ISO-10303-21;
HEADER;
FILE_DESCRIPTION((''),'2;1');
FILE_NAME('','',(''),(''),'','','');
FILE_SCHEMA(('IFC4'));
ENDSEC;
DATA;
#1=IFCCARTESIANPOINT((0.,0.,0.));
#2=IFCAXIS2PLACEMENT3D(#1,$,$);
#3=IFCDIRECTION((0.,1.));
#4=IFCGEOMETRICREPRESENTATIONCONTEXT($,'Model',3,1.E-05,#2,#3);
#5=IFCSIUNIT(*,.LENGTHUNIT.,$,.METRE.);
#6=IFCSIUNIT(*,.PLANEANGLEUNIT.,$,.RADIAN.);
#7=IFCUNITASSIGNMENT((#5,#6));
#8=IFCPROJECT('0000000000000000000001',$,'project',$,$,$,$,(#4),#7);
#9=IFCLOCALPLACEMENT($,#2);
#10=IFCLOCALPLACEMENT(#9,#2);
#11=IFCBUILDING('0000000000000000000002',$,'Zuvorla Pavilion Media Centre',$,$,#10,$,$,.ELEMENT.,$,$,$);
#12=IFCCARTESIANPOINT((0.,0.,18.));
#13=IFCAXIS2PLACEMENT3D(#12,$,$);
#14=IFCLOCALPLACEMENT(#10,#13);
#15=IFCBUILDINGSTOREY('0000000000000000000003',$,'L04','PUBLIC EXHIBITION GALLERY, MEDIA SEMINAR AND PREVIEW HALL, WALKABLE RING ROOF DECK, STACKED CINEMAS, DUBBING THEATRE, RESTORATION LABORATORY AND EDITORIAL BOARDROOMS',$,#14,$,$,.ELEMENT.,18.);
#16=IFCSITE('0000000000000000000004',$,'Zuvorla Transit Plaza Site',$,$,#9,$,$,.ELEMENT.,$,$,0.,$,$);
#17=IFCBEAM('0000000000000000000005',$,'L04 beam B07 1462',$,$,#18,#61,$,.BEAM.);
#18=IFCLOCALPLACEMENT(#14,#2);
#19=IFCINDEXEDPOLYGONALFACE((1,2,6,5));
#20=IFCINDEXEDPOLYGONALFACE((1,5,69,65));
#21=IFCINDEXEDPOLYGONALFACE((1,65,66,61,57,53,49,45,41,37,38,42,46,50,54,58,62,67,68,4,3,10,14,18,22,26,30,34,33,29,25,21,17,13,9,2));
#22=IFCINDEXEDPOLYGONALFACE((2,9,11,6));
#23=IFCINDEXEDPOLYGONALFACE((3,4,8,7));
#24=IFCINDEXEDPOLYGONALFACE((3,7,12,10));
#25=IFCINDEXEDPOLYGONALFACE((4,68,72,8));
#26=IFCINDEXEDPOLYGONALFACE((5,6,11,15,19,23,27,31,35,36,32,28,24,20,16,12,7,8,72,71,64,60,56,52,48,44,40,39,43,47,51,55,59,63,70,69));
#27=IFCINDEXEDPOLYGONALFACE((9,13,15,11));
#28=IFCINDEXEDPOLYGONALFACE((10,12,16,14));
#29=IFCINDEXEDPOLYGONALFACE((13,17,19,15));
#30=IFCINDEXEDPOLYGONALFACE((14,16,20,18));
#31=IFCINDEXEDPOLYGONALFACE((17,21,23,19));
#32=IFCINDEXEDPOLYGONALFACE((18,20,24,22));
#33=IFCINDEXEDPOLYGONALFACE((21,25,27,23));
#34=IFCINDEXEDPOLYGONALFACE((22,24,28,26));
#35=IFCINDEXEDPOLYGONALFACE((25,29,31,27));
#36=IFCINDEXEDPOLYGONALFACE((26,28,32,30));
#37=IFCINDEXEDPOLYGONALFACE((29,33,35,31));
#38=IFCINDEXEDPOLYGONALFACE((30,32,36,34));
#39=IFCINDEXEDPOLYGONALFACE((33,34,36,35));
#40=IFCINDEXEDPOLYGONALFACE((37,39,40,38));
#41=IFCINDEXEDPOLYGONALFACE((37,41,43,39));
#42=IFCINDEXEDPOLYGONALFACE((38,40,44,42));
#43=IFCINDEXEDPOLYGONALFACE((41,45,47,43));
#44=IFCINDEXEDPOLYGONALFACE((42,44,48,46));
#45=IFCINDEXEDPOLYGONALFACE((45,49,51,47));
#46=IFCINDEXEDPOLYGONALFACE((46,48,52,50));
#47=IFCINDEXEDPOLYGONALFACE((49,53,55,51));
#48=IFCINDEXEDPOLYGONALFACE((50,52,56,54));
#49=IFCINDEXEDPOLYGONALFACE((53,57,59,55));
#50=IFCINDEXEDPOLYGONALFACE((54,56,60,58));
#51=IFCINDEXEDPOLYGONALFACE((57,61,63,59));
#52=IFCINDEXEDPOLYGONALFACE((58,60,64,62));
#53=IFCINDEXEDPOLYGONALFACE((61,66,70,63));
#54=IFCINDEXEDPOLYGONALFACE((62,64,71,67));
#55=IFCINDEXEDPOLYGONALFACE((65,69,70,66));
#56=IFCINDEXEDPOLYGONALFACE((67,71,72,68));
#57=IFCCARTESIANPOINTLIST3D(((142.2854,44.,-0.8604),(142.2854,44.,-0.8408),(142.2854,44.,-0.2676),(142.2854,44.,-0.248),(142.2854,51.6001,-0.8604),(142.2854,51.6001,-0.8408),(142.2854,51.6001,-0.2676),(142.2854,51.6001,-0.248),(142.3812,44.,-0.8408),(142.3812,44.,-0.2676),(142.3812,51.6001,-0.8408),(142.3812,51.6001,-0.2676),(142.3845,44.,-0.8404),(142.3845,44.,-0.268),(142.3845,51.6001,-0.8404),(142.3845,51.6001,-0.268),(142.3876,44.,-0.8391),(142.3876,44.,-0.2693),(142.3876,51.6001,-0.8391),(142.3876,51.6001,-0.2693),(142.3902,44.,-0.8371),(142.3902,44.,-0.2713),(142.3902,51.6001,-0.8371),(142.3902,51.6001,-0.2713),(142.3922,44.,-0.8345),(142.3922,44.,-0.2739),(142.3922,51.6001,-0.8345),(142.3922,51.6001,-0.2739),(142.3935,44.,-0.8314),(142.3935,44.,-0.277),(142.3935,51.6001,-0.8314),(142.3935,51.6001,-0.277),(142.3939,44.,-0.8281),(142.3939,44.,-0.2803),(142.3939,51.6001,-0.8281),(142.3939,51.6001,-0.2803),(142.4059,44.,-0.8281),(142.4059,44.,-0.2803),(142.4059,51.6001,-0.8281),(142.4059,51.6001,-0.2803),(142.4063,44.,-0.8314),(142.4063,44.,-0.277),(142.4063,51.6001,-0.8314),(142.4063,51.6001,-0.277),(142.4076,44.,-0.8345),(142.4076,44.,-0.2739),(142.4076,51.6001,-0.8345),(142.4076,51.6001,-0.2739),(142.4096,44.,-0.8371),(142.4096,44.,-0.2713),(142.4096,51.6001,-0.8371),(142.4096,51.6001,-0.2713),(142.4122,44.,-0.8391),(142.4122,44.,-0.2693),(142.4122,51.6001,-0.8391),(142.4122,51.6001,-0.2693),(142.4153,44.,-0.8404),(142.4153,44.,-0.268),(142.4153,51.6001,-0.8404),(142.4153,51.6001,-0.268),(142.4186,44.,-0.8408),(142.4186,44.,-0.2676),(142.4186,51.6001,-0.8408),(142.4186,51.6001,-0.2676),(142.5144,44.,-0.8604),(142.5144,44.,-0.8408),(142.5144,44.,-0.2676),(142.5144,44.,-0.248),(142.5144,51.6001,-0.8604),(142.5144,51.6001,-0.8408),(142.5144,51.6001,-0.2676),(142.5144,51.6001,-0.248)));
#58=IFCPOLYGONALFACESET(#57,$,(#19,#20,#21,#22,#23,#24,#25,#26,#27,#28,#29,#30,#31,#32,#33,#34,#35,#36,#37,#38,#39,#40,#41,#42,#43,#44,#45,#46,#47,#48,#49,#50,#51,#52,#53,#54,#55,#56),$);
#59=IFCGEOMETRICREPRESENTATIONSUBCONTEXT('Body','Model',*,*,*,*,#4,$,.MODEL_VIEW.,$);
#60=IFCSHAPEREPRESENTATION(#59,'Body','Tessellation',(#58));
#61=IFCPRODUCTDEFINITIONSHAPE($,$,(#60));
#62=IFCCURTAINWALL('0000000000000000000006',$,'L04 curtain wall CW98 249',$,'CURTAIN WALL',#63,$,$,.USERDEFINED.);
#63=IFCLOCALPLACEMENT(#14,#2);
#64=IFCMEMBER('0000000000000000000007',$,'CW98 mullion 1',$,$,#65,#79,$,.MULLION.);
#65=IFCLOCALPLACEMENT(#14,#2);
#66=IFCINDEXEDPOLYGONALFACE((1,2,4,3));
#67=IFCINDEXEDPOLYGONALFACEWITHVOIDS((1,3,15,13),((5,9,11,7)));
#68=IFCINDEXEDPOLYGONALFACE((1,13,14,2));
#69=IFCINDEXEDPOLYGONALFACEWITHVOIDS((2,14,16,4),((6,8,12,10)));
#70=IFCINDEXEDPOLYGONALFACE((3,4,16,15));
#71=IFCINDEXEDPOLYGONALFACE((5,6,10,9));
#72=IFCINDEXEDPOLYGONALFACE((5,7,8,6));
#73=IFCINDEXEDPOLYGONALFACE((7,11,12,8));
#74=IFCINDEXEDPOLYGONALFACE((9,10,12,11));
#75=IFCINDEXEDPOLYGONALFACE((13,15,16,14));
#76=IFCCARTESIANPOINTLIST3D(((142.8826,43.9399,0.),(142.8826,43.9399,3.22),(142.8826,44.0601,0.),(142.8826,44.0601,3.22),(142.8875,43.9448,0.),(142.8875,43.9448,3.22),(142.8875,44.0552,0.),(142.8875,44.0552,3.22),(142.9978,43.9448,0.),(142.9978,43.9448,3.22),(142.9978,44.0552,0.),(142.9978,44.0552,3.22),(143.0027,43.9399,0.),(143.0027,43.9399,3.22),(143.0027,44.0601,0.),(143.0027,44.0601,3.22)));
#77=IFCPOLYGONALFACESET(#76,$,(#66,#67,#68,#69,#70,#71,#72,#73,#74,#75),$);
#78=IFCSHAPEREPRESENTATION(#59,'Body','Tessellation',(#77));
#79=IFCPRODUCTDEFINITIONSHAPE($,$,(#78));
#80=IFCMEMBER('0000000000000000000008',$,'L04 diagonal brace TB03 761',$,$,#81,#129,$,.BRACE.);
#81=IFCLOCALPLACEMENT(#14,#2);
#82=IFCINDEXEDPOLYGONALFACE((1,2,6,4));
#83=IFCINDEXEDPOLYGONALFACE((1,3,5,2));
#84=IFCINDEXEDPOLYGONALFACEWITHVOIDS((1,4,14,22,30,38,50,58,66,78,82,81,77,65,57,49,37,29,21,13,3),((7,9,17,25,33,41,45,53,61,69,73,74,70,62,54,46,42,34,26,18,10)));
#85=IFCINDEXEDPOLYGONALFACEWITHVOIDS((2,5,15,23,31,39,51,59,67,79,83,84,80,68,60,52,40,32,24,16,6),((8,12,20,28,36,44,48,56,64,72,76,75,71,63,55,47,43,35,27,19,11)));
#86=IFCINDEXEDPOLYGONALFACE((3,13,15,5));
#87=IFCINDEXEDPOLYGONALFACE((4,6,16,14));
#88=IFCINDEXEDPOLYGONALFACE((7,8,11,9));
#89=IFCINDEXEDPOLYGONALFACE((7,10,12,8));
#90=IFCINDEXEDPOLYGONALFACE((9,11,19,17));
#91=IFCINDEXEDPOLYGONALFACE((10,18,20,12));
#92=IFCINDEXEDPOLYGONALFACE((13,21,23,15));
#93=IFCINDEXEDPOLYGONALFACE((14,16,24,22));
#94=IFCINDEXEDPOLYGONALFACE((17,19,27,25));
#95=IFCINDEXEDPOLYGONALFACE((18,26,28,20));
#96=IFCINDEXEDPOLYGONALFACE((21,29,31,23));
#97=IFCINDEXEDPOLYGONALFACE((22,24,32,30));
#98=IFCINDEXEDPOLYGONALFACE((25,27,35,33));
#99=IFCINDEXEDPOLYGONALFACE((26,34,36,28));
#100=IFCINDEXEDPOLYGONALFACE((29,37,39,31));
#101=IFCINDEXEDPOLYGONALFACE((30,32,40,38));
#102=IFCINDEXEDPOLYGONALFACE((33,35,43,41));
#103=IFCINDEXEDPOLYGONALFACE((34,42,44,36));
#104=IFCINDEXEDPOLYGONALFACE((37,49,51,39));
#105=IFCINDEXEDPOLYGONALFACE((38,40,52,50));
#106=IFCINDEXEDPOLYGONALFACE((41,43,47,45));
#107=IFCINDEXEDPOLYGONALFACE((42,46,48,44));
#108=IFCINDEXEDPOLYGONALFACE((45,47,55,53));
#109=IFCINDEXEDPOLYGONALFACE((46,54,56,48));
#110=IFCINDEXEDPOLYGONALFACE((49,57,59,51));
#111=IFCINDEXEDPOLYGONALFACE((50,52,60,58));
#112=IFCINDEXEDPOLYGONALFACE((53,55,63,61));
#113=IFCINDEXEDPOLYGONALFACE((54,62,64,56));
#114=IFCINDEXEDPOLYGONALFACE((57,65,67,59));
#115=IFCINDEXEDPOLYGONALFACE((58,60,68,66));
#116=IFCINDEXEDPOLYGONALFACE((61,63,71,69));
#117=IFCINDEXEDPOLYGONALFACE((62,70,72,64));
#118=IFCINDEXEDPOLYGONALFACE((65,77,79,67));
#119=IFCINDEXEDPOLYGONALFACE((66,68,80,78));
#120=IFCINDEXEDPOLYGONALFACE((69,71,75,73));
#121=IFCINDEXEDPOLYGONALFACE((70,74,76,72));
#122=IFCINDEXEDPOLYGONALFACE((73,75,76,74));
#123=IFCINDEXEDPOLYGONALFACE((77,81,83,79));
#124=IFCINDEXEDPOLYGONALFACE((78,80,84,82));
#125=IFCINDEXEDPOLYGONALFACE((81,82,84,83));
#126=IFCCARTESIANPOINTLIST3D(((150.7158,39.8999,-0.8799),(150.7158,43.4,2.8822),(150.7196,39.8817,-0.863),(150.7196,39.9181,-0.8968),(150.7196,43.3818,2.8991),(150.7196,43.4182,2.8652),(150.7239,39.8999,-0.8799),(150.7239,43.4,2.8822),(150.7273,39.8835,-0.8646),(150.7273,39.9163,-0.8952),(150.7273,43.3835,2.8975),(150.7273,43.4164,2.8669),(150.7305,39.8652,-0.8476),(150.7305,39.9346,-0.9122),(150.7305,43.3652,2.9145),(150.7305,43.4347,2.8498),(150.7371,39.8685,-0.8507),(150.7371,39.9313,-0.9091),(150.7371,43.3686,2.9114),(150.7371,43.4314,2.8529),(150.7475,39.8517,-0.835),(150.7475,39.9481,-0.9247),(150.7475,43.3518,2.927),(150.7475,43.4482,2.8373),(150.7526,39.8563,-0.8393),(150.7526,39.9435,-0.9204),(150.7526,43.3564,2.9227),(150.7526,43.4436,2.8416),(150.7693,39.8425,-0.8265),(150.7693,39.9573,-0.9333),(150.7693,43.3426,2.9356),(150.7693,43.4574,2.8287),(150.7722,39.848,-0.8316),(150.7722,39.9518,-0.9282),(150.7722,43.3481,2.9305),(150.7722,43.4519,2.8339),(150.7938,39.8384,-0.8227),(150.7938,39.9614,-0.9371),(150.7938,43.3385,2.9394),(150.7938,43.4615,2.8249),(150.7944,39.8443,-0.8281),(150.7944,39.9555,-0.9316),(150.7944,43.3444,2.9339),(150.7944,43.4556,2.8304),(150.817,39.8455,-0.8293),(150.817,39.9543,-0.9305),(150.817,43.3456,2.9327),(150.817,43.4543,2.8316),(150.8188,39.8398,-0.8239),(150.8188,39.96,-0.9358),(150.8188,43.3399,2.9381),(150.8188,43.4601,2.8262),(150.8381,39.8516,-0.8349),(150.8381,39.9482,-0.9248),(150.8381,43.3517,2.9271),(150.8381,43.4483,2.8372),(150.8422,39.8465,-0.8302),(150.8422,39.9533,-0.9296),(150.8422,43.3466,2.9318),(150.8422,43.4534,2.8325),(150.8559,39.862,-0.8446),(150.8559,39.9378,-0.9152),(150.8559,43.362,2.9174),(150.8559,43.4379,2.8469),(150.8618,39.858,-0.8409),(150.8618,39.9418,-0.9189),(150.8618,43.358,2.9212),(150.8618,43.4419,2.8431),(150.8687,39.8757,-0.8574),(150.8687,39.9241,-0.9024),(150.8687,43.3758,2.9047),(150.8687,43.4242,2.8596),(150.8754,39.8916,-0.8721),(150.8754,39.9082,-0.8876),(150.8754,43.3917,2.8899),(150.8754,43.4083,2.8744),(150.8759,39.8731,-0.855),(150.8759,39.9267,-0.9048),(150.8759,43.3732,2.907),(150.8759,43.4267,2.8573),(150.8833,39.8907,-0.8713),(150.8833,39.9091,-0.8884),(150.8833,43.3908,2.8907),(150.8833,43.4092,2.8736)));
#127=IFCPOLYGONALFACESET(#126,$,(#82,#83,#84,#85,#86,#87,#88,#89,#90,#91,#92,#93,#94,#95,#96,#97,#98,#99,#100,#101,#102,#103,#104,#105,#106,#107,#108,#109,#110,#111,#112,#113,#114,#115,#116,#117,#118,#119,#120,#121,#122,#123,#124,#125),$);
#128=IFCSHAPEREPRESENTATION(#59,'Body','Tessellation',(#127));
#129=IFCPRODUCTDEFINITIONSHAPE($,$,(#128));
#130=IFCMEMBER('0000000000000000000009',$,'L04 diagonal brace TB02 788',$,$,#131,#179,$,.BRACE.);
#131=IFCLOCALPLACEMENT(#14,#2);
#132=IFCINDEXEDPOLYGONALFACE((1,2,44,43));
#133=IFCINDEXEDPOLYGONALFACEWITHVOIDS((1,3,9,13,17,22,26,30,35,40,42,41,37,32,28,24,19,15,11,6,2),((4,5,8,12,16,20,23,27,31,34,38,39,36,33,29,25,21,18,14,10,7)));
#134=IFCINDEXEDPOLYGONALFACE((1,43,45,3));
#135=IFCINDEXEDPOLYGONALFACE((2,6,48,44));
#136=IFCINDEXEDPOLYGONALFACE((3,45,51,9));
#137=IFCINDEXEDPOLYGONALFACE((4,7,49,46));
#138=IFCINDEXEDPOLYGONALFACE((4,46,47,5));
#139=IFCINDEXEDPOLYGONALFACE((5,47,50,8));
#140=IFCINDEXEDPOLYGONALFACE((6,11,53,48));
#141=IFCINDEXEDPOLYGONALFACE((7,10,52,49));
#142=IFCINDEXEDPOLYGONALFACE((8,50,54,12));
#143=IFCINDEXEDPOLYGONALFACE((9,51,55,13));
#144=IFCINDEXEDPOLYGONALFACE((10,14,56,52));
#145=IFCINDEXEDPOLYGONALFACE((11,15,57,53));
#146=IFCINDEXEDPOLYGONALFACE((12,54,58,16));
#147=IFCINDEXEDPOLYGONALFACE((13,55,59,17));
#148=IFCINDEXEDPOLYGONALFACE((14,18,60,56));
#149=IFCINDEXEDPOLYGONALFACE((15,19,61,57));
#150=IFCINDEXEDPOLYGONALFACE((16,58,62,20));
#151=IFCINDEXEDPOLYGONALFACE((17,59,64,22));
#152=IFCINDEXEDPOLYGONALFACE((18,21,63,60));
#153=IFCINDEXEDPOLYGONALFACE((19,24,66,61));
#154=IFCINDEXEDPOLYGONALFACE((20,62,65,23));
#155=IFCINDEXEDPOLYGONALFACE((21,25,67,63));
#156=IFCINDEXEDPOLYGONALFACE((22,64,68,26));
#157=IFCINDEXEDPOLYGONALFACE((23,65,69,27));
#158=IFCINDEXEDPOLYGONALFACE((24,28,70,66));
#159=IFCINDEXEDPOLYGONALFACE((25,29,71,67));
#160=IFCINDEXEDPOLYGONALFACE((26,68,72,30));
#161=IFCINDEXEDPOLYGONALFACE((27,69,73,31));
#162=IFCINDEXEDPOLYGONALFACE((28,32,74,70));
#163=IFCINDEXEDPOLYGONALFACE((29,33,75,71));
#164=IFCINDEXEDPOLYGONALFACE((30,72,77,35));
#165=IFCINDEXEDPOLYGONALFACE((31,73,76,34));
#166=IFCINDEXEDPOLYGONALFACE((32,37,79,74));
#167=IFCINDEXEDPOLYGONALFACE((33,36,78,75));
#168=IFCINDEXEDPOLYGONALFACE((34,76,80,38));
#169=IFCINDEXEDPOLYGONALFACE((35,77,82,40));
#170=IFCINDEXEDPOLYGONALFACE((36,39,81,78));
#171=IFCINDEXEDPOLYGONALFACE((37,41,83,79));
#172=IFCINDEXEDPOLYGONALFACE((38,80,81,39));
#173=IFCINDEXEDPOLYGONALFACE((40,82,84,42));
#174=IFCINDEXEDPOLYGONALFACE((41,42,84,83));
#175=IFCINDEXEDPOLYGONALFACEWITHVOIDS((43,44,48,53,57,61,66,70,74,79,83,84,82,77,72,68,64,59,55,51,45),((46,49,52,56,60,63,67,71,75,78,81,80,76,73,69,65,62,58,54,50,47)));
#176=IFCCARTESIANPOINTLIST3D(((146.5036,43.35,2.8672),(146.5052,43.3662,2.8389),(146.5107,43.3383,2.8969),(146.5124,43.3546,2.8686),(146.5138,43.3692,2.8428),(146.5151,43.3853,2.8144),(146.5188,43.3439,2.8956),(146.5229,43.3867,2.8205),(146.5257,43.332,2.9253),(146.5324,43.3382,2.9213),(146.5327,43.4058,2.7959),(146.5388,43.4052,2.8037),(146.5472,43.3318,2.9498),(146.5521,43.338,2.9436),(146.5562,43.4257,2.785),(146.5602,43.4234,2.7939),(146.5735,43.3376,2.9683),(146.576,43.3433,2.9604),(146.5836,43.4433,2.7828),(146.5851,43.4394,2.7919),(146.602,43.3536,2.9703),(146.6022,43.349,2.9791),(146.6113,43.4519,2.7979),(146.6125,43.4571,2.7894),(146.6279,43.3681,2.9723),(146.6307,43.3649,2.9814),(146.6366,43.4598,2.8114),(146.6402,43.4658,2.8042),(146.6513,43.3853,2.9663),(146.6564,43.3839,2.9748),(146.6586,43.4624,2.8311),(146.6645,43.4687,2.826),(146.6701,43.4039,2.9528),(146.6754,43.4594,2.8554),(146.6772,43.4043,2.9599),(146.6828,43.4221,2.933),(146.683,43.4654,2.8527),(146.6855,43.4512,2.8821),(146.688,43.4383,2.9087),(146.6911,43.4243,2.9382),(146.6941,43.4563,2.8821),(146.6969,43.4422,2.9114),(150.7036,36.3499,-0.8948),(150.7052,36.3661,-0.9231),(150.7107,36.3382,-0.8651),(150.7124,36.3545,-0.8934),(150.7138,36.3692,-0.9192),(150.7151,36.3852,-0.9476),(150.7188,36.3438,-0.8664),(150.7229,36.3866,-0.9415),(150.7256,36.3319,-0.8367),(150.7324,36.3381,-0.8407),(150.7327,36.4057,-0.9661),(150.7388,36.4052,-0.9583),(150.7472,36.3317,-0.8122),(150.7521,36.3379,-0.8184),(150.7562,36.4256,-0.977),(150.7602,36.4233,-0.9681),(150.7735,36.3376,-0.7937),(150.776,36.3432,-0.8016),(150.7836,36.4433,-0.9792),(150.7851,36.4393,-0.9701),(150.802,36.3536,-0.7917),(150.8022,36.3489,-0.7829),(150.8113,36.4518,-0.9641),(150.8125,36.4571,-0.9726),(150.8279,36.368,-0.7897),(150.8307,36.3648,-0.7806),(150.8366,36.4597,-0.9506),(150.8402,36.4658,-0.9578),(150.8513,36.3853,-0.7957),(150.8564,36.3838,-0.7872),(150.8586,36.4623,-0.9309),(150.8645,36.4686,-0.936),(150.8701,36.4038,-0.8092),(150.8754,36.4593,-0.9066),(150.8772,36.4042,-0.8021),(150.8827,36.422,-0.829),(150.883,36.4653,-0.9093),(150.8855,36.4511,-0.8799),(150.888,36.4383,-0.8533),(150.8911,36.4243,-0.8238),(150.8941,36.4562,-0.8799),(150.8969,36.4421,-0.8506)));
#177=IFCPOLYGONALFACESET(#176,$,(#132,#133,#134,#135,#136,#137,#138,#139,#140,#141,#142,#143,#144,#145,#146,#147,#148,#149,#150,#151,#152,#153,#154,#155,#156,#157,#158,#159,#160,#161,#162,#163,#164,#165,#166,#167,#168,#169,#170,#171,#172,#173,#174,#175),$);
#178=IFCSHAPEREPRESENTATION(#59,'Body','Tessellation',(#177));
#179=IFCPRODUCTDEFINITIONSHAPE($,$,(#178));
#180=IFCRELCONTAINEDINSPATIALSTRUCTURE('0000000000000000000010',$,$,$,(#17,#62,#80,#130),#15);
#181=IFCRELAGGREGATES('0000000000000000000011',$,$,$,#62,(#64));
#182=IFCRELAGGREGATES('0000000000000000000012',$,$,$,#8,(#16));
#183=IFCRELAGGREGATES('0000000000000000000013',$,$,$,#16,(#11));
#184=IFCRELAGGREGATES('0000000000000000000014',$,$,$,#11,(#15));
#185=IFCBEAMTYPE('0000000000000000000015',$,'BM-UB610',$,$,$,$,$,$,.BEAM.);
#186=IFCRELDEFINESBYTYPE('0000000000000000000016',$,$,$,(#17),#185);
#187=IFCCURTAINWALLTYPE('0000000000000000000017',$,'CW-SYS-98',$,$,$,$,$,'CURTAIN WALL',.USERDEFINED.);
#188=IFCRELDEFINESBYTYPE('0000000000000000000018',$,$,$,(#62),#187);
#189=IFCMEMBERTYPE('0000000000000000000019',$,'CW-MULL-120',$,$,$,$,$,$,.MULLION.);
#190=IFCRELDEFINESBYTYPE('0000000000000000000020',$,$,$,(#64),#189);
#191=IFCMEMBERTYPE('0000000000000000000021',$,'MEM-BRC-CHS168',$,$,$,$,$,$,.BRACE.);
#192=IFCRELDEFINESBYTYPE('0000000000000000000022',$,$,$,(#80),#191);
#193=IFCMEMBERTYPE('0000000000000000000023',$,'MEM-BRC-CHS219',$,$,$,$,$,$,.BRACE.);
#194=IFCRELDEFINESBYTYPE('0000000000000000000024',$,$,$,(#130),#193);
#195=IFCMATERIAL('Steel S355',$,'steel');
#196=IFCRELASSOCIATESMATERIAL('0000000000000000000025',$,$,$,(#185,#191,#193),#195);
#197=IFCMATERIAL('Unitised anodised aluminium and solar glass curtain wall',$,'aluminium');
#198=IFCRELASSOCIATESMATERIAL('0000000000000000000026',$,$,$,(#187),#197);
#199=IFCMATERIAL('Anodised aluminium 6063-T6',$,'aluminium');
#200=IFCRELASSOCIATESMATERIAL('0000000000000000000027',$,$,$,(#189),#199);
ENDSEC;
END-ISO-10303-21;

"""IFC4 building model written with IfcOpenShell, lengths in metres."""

from ifc_helpers import new_model, si_unit, direction, frame, origin, origin_2d, place, context, subcontext, project, spatial, hollow_rectangle, hollow_circle, i_section, extrude, material, material_profile, profile_set, type_object, element, aggregate, save


model = new_model("IFC4")

# Units and contexts
model_context = context("Model", 3, precision=1e-05, world=origin(), true_north=direction((0.0, 1.0)))
body_context = subcontext(model_context, "Body", "Model", "MODEL_VIEW")
ifc_project = project(units=[si_unit("LENGTHUNIT", "METRE"), si_unit("PLANEANGLEUNIT", "RADIAN")], contexts=[model_context])

# Site, building, storey
site_placement = place(None, origin())
site = spatial("IfcSite", under=ifc_project, at=site_placement, Name="Zuvorla Transit Plaza Site", CompositionType="ELEMENT", RefElevation=0.0)
building_placement = place(site_placement, origin())
building = spatial("IfcBuilding", under=site, at=building_placement, Name="Zuvorla Pavilion Media Centre", CompositionType="ELEMENT")
storey_placement = place(building_placement, frame((0.0, 0.0, 18.0)))
storey = spatial("IfcBuildingStorey", under=building, at=storey_placement, Name="L04", Description="PUBLIC EXHIBITION GALLERY, MEDIA SEMINAR AND PREVIEW HALL, WALKABLE RING ROOF DECK, STACKED CINEMAS, DUBBING THEATRE, RESTORATION LABORATORY AND EDITORIAL BOARDROOMS", CompositionType="ELEMENT", Elevation=18.0)

# Beam
ifc_material_1 = material(Name="Steel S355", Category="steel")
ifc_material_profile_1 = material_profile(ifc_material_1, i_section(OverallWidth=0.229, OverallDepth=0.6123, WebThickness=0.012, FlangeThickness=0.0195, FilletRadius=0.0127, at=origin_2d()), Name="UB 610x229x125")
ifc_profile_set_1 = profile_set([ifc_material_profile_1], Name="Steel S355")
beam_type = type_object("IfcBeamType", Name="BM-UB610", PredefinedType="BEAM", material=ifc_profile_set_1)
beam_placement = place(storey_placement, frame((142.3999, 44.0, -0.5542), z_axis=(0.0, 1.0, 0.0), x_axis=(-1.0, 0.0, 0.0)))
element("IfcBeam", 1, at=beam_placement, inside=storey, type_object=beam_type, Name="L04 beam B07 1462", PredefinedType="BEAM", context=body_context, shape_type="SweptSolid", body=[
    extrude(i_section(OverallWidth=0.229, OverallDepth=0.6123, WebThickness=0.012, FlangeThickness=0.0195, FilletRadius=0.0127, at=origin_2d()), origin(), (0.0, 0.0, 1.0), 7.6001),
])

# Curtain wall, member
ifc_material_2 = material(Name="Unitised anodised aluminium and solar glass curtain wall", Category="aluminium")
curtain_wall_type = type_object("IfcCurtainWallType", Name="CW-SYS-98", ElementType="CURTAIN WALL", PredefinedType="USERDEFINED", material=ifc_material_2)
curtain_wall_placement = place(storey_placement, origin())
curtain_wall = element("IfcCurtainWall", 2, at=curtain_wall_placement, inside=storey, type_object=curtain_wall_type, Name="L04 curtain wall CW98 249", ObjectType="CURTAIN WALL", PredefinedType="USERDEFINED")
ifc_material_3 = material(Name="Anodised aluminium 6063-T6", Category="aluminium")
ifc_material_profile_2 = material_profile(ifc_material_3, hollow_rectangle(XDim=0.1201, YDim=0.1201, WallThickness=0.0049, at=origin_2d()), Name="ALU MULL 120x120")
ifc_profile_set_2 = profile_set([ifc_material_profile_2], Name="Anodised aluminium 6063-T6")
member_type_1 = type_object("IfcMemberType", Name="CW-MULL-120", PredefinedType="MULLION", material=ifc_profile_set_2)
member_1_placement = place(storey_placement, frame((142.9426, 44.0, 0.0), z_axis=(0.0, 0.0, 1.0), x_axis=(1.0, 0.0, 0.0)))
member_1 = element("IfcMember", 3, at=member_1_placement, type_object=member_type_1, Name="CW98 mullion 1", PredefinedType="MULLION", context=body_context, shape_type="SweptSolid", body=[
    extrude(hollow_rectangle(XDim=0.1201, YDim=0.1201, WallThickness=0.0049, at=origin_2d()), origin(), (0.0, 0.0, 1.0), 3.22),
])
aggregate(curtain_wall, [member_1])

# Members
ifc_material_profile_3 = material_profile(ifc_material_1, hollow_circle(Radius=0.0842, WallThickness=0.0081, at=origin_2d()), Name="CHS 168.3x8")
ifc_profile_set_3 = profile_set([ifc_material_profile_3], Name="Steel S355")
member_type_2 = type_object("IfcMemberType", Name="MEM-BRC-CHS168", PredefinedType="BRACE", material=ifc_profile_set_3)
member_2_placement = place(storey_placement, frame((150.8, 39.8999, -0.8799), z_axis=(0.0, 0.681156, 0.732138), x_axis=(-1.0, 0.0, 0.0)))
element("IfcMember", 4, at=member_2_placement, inside=storey, type_object=member_type_2, Name="L04 diagonal brace TB03 761", PredefinedType="BRACE", context=body_context, shape_type="SweptSolid", body=[
    extrude(hollow_circle(Radius=0.0842, WallThickness=0.0081, at=origin_2d()), origin(), (0.0, 0.0, 1.0), 5.1384),
])
ifc_material_profile_4 = material_profile(ifc_material_1, hollow_circle(Radius=0.1096, WallThickness=0.01, at=origin_2d()), Name="CHS 219.1x10")
ifc_profile_set_4 = profile_set([ifc_material_profile_4], Name="Steel S355")
member_type_3 = type_object("IfcMemberType", Name="MEM-BRC-CHS219", PredefinedType="BRACE", material=ifc_profile_set_4)
member_3_placement = place(storey_placement, frame((146.6001, 43.3999, 2.8821), z_axis=(0.467262, -0.778779, -0.418534), x_axis=(0.857496, 0.514491, 0.0)))
element("IfcMember", 5, at=member_3_placement, inside=storey, type_object=member_type_3, Name="L04 diagonal brace TB02 788", PredefinedType="BRACE", context=body_context, shape_type="SweptSolid", body=[
    extrude(hollow_circle(Radius=0.1096, WallThickness=0.01, at=origin_2d()), origin(), (0.0, 0.0, 1.0), 8.9885),
])

save(model, "model.ifc")
